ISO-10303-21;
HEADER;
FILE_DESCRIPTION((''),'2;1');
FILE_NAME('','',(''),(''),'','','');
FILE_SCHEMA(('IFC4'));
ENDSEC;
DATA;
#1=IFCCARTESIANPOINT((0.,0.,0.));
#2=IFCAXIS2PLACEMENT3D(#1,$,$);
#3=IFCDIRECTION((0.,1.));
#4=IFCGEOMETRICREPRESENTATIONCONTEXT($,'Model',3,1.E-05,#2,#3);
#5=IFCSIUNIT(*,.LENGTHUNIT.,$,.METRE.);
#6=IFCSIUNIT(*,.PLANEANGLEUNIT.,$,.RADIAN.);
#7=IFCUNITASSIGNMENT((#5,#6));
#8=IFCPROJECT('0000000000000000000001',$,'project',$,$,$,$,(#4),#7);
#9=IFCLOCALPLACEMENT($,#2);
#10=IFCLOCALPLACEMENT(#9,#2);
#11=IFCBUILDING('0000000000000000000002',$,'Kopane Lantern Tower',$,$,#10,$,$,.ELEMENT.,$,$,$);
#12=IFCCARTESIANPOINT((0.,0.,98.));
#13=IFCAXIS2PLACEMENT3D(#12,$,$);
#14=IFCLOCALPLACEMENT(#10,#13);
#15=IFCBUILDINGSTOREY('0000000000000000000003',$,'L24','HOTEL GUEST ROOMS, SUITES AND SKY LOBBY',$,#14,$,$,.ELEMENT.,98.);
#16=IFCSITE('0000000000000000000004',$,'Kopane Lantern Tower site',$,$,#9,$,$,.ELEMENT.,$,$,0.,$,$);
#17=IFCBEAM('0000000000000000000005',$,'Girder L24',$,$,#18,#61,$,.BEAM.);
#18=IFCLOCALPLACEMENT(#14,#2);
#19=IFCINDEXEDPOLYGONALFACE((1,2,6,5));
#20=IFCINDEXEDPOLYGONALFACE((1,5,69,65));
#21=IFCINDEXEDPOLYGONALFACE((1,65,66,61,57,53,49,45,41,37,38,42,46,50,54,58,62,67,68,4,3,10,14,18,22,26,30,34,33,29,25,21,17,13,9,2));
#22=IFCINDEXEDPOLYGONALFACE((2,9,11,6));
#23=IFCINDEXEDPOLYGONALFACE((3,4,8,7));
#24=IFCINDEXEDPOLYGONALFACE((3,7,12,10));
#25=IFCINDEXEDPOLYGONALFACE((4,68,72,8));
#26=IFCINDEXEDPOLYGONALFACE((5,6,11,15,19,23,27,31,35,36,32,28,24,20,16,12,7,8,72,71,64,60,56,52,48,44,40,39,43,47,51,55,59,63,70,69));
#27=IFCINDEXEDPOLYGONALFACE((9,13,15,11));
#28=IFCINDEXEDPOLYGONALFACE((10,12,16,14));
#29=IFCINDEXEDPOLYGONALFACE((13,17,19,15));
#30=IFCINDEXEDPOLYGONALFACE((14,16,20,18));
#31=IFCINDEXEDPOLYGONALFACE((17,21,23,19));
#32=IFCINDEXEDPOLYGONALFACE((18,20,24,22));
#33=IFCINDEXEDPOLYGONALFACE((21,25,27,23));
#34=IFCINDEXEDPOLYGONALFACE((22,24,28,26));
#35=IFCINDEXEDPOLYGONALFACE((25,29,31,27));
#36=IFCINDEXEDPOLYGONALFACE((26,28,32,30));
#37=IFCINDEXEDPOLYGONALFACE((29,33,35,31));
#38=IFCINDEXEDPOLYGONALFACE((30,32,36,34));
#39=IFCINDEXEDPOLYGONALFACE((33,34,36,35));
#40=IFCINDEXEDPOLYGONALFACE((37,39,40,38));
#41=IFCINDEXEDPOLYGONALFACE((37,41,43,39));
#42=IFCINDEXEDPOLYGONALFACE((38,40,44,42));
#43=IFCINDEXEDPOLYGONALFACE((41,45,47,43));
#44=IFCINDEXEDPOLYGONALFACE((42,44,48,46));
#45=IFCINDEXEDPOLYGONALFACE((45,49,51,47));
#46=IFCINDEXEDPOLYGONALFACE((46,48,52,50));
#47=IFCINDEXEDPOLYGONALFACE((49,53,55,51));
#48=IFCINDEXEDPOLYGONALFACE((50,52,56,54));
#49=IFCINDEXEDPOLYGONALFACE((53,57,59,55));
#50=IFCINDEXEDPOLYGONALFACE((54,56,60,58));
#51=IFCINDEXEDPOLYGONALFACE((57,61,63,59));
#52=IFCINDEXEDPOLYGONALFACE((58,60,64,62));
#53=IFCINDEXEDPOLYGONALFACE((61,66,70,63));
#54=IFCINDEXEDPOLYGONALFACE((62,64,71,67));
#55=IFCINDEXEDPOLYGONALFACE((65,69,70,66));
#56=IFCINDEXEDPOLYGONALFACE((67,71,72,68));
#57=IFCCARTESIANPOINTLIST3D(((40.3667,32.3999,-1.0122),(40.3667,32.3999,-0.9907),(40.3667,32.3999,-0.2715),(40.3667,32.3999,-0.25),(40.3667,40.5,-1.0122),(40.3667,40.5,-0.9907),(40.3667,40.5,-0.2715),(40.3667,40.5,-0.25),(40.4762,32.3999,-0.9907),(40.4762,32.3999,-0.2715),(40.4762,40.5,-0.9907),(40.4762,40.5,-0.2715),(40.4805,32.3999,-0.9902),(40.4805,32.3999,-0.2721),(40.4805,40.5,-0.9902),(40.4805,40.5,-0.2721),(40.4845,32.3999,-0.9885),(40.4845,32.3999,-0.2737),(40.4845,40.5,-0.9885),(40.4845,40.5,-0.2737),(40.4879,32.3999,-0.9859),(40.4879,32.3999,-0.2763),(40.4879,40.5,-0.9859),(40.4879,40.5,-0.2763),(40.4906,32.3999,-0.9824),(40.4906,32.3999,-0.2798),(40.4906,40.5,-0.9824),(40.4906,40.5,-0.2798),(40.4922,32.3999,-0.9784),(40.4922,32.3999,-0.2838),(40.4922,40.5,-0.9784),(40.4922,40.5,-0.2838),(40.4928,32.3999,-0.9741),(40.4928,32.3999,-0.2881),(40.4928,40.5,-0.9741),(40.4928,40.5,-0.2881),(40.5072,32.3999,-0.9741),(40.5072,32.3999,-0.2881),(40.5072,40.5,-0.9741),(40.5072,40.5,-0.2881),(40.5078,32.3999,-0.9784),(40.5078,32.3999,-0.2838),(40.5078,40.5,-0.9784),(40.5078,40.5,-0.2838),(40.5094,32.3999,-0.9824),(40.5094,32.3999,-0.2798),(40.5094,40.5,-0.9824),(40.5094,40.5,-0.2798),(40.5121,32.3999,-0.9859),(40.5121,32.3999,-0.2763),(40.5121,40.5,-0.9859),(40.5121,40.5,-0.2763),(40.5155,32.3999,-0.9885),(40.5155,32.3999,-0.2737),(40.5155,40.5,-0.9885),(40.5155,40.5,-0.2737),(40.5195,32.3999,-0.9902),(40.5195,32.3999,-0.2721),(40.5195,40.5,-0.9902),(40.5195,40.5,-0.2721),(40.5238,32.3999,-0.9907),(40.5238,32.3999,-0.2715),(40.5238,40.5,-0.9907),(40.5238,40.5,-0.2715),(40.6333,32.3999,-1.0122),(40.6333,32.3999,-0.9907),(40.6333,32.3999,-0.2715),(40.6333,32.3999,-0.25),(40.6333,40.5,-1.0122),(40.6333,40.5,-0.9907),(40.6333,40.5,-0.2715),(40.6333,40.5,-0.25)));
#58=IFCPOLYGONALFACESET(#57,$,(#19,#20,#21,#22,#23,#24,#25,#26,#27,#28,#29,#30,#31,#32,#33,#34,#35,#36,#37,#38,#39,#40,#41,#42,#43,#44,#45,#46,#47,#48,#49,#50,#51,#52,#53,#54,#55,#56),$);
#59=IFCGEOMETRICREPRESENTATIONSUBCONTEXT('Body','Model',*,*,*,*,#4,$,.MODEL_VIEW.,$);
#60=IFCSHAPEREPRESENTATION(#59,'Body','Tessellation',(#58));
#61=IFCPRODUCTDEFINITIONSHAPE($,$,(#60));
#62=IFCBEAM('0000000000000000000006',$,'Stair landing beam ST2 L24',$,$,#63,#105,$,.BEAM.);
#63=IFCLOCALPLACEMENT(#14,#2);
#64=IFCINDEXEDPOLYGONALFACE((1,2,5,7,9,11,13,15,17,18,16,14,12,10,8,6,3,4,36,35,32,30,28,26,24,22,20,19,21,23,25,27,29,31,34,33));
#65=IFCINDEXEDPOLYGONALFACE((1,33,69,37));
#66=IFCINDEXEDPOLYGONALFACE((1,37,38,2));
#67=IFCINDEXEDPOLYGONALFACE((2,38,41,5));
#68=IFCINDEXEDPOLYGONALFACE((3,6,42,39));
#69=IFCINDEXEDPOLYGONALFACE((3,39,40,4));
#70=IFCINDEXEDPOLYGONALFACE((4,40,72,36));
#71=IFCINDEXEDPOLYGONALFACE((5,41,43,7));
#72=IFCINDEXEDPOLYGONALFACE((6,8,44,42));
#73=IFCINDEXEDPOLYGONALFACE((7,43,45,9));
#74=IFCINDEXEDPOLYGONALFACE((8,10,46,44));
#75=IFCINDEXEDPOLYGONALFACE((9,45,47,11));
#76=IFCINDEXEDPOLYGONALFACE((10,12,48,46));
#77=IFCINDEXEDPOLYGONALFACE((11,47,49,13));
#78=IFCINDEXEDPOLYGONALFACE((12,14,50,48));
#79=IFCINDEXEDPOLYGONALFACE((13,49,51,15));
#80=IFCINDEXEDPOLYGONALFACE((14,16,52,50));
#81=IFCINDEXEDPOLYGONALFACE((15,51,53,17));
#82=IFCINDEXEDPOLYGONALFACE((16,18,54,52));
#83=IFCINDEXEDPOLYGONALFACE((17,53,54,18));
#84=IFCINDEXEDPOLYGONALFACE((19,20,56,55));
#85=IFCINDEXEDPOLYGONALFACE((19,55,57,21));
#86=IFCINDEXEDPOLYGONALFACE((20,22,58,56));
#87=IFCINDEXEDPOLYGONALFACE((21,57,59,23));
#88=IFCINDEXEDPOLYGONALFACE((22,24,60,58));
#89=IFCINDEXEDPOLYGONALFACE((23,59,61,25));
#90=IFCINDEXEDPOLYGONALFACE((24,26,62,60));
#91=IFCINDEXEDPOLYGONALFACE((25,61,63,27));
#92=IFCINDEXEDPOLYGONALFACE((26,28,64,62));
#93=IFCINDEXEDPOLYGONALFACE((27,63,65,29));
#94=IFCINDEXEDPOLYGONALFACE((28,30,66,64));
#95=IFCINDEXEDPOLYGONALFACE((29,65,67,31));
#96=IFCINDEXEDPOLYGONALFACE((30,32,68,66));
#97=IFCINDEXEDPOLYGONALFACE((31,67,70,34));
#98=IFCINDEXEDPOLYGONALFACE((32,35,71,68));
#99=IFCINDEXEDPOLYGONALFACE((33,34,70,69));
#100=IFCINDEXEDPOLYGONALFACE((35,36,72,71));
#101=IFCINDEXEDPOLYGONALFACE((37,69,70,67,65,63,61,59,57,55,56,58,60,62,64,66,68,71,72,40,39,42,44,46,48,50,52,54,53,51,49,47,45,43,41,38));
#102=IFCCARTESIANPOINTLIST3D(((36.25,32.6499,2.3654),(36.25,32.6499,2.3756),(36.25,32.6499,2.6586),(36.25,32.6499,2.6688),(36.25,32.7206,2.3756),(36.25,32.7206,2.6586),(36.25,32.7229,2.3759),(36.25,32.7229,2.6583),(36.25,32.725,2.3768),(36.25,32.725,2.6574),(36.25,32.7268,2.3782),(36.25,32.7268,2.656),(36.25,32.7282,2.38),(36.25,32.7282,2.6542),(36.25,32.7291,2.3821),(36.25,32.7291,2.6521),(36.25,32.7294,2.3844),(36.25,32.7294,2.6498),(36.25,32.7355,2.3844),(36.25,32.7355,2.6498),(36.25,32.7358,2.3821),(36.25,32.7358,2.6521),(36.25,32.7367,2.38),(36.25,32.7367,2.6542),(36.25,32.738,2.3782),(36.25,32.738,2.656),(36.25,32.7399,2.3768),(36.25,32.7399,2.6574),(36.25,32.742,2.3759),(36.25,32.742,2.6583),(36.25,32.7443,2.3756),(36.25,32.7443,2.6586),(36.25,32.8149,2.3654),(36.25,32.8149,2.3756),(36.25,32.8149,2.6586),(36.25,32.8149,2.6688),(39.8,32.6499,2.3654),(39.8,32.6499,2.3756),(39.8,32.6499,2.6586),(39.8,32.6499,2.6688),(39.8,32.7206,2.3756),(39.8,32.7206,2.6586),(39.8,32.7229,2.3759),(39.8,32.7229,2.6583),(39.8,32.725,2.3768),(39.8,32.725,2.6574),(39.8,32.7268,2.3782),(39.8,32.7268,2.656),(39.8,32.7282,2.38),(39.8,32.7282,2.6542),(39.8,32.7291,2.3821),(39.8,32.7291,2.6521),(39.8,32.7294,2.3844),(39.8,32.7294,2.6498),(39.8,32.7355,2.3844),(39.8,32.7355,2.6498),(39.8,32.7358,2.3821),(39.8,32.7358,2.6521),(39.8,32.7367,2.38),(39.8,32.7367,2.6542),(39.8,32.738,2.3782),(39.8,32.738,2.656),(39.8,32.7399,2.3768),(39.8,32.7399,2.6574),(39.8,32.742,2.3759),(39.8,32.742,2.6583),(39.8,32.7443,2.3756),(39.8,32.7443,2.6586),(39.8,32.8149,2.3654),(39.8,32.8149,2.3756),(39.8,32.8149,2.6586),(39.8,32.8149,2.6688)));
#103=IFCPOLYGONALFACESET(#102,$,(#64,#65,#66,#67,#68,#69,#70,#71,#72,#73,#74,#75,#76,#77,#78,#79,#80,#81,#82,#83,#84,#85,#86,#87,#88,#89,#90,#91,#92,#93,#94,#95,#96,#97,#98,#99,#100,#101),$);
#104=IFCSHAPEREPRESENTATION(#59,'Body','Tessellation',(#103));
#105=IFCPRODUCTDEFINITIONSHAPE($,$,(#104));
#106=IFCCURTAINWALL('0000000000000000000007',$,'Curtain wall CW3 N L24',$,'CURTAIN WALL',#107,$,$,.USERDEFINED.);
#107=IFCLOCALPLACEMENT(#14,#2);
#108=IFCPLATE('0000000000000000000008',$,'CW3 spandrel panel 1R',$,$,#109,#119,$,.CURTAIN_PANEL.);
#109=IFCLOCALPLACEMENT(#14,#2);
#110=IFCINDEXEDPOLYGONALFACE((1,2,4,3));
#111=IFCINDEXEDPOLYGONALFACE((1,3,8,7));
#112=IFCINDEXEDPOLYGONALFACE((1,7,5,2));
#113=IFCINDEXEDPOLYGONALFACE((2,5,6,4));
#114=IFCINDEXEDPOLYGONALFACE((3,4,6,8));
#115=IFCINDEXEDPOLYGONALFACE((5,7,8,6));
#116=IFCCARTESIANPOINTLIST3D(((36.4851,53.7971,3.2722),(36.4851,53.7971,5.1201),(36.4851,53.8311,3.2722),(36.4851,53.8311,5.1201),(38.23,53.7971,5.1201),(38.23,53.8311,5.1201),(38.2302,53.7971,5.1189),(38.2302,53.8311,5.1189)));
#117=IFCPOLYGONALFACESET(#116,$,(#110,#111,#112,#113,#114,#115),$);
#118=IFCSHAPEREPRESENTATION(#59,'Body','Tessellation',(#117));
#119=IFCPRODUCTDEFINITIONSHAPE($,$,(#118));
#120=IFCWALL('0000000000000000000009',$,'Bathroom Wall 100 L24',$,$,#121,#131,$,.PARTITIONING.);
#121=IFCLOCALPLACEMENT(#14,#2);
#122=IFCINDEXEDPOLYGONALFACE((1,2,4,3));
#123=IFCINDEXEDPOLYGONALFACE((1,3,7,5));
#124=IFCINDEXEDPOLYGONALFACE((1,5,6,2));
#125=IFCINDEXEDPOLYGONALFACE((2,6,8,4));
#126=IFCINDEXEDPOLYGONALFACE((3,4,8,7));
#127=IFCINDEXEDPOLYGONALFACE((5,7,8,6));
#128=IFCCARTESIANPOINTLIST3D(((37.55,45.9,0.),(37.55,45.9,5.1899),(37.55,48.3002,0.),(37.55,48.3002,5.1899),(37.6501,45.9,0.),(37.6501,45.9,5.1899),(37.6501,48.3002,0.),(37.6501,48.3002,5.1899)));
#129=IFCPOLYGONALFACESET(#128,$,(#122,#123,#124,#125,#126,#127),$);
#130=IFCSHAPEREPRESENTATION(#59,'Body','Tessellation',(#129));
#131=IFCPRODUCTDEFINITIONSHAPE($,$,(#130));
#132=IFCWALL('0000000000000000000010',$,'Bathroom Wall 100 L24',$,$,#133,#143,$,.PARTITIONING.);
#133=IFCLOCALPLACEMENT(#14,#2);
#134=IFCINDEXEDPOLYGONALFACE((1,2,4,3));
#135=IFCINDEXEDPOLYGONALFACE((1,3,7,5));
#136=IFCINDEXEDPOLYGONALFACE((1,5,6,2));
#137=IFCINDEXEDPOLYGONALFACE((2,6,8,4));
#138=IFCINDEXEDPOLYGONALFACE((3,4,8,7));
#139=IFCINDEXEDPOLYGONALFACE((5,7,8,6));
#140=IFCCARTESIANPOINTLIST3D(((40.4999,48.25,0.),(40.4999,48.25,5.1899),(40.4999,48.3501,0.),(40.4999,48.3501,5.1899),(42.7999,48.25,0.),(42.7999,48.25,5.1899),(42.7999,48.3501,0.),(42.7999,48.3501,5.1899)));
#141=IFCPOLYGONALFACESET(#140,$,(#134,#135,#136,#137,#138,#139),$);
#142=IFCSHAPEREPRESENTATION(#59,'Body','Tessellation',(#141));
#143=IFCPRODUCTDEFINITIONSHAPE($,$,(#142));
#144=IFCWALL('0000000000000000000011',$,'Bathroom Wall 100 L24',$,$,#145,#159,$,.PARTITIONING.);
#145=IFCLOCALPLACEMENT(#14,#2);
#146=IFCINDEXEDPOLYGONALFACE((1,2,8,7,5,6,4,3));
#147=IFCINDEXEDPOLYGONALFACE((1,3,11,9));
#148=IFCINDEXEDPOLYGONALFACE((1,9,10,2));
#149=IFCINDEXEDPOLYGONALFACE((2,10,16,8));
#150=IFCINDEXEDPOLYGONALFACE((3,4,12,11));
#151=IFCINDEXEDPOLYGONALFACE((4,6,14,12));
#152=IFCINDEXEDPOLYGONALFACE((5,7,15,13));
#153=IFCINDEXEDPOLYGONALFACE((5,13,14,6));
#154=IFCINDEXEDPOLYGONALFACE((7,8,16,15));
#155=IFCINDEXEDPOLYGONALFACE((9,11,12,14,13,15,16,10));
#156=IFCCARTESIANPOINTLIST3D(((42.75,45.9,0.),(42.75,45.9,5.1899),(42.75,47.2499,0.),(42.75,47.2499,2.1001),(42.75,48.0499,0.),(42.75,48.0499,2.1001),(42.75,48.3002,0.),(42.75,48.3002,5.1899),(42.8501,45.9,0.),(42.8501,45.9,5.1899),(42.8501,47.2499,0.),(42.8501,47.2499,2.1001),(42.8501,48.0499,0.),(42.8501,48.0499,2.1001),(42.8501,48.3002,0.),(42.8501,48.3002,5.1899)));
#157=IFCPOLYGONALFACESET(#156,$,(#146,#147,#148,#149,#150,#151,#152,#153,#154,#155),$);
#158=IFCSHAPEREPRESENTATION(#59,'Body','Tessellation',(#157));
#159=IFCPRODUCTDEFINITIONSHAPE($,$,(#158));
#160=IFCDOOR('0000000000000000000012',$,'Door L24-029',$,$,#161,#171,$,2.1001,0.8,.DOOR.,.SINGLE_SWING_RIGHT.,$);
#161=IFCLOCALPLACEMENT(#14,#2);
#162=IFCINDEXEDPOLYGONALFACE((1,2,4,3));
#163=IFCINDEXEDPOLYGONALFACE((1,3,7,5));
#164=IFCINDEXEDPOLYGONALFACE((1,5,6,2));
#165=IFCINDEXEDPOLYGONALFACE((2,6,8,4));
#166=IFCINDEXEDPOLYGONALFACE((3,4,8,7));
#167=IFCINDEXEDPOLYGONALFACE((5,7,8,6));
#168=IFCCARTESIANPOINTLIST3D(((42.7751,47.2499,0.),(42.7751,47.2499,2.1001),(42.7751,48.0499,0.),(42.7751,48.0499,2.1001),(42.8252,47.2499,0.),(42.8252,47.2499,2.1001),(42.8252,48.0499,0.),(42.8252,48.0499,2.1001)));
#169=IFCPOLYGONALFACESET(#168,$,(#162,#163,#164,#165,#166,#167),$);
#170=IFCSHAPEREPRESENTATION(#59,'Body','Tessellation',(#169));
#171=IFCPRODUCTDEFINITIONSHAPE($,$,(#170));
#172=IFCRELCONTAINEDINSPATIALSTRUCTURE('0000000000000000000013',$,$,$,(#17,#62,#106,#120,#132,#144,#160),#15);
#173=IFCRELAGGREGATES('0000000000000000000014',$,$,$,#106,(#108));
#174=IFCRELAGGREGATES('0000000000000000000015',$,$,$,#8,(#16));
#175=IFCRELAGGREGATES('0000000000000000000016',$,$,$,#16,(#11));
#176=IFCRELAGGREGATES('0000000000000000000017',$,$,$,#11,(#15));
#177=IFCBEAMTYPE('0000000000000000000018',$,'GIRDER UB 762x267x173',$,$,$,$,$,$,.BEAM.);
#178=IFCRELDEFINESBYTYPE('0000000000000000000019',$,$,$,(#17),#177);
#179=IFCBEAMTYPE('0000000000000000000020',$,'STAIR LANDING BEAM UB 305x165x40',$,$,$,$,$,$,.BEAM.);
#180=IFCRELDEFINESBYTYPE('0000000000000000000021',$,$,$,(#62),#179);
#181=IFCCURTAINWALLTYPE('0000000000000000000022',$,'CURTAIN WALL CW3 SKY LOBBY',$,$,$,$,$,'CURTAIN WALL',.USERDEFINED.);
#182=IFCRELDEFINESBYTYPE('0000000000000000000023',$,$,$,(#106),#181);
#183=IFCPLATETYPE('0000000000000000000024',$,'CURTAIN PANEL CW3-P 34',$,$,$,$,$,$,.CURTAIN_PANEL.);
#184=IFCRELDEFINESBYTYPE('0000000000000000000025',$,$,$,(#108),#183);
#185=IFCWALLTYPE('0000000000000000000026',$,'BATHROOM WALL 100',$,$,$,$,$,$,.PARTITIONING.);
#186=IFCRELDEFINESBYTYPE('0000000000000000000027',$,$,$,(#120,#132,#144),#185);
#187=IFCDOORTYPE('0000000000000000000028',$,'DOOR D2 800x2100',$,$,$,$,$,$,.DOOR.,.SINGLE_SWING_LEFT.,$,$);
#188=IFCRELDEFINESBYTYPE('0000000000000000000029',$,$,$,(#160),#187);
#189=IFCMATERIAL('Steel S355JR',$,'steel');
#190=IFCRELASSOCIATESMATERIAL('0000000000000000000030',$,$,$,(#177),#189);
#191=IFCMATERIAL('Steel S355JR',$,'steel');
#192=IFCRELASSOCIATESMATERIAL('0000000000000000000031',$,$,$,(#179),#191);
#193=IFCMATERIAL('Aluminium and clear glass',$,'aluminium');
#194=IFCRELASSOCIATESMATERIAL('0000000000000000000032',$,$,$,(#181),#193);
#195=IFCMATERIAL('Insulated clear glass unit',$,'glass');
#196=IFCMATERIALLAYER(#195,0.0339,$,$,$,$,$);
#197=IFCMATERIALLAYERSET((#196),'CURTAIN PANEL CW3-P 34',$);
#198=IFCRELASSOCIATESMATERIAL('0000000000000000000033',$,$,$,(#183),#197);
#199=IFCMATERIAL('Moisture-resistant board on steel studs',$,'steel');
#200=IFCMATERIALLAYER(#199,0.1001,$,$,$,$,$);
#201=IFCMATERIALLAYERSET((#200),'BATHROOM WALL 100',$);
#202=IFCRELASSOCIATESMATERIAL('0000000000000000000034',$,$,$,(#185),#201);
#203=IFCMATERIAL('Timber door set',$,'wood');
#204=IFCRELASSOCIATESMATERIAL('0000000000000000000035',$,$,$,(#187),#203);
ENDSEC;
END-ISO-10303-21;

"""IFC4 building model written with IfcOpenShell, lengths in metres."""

from ifc_helpers import new_model, si_unit, direction, frame, frame_2d, origin, origin_2d, place, context, subcontext, project, spatial, polyline, rectangle, i_section, outline, extrude, material, layer, layer_set, material_profile, profile_set, type_object, element, fill, aggregate, save


model = new_model("IFC4")

# Units and contexts
model_context = context("Model", 3, precision=1e-05, world=origin(), true_north=direction((0.0, 1.0)))
body_context = subcontext(model_context, "Body", "Model", "MODEL_VIEW")
ifc_project = project(units=[si_unit("LENGTHUNIT", "METRE"), si_unit("PLANEANGLEUNIT", "RADIAN")], contexts=[model_context])

# Site, building, storey
site_placement = place(None, origin())
site = spatial("IfcSite", under=ifc_project, at=site_placement, Name="Kopane Lantern Tower site", CompositionType="ELEMENT", RefElevation=0.0)
building_placement = place(site_placement, origin())
building = spatial("IfcBuilding", under=site, at=building_placement, Name="Kopane Lantern Tower", CompositionType="ELEMENT")
storey_placement = place(building_placement, frame((0.0, 0.0, 98.0)))
storey = spatial("IfcBuildingStorey", under=building, at=storey_placement, Name="L24", Description="HOTEL GUEST ROOMS, SUITES AND SKY LOBBY", CompositionType="ELEMENT", Elevation=98.0)

# Beams
ifc_material_1 = material(Name="Steel S355JR", Category="steel")
ifc_material_profile_1 = material_profile(ifc_material_1, i_section(OverallWidth=0.2666, OverallDepth=0.7622, WebThickness=0.0144, FlangeThickness=0.0215, FilletRadius=0.0166, at=origin_2d()), Name="UB 762x267x173")
ifc_profile_set_1 = profile_set([ifc_material_profile_1], Name="Steel S355JR")
beam_type_1 = type_object("IfcBeamType", Name="GIRDER UB 762x267x173", PredefinedType="BEAM", material=ifc_profile_set_1)
beam_1_placement = place(storey_placement, frame((40.5, 32.3999, -0.6311), z_axis=(0.0, 1.0, 0.0), x_axis=(-1.0, 0.0, 0.0)))
element("IfcBeam", 1, at=beam_1_placement, inside=storey, type_object=beam_type_1, Name="Girder L24", PredefinedType="BEAM", context=body_context, shape_type="SweptSolid", body=[
    extrude(i_section(OverallWidth=0.2666, OverallDepth=0.7622, WebThickness=0.0144, FlangeThickness=0.0215, FilletRadius=0.0166, at=origin_2d()), origin(), (0.0, 0.0, 1.0), 8.1001),
])
ifc_material_2 = material(Name="Steel S355JR", Category="steel")
ifc_material_profile_2 = material_profile(ifc_material_2, i_section(OverallWidth=0.165, OverallDepth=0.3035, WebThickness=0.0061, FlangeThickness=0.0103, FilletRadius=0.0088, at=origin_2d()), Name="UB 305x165x40")
ifc_profile_set_2 = profile_set([ifc_material_profile_2], Name="Steel S355JR")
beam_type_2 = type_object("IfcBeamType", Name="STAIR LANDING BEAM UB 305x165x40", PredefinedType="BEAM", material=ifc_profile_set_2)
beam_2_placement = place(storey_placement, frame((39.8, 32.7324, 2.5171), z_axis=(-1.0, 0.0, 0.0), x_axis=(0.0, -1.0, 0.0)))
element("IfcBeam", 2, at=beam_2_placement, inside=storey, type_object=beam_type_2, Name="Stair landing beam ST2 L24", PredefinedType="BEAM", context=body_context, shape_type="SweptSolid", body=[
    extrude(i_section(OverallWidth=0.165, OverallDepth=0.3035, WebThickness=0.0061, FlangeThickness=0.0103, FilletRadius=0.0088, at=origin_2d()), origin(), (0.0, 0.0, 1.0), 3.55),
])

# Curtain wall, plate
ifc_material_3 = material(Name="Aluminium and clear glass", Category="aluminium")
curtain_wall_type = type_object("IfcCurtainWallType", Name="CURTAIN WALL CW3 SKY LOBBY", ElementType="CURTAIN WALL", PredefinedType="USERDEFINED", material=ifc_material_3)
curtain_wall_placement = place(storey_placement, origin())
curtain_wall = element("IfcCurtainWall", 3, at=curtain_wall_placement, inside=storey, type_object=curtain_wall_type, Name="Curtain wall CW3 N L24", ObjectType="CURTAIN WALL", PredefinedType="USERDEFINED")
ifc_material_4 = material(Name="Insulated clear glass unit", Category="glass")
ifc_layer_1 = layer(ifc_material_4, 0.0339)
ifc_layer_set_1 = layer_set([ifc_layer_1], Name="CURTAIN PANEL CW3-P 34")
plate_type = type_object("IfcPlateType", Name="CURTAIN PANEL CW3-P 34", PredefinedType="CURTAIN_PANEL", material=ifc_layer_set_1)
plate_placement = place(storey_placement, frame((36.4851, 53.814, 5.1201), z_axis=(0.0, 0.0, 1.0), x_axis=(1.0, 0.0, 0.0)))
plate = element("IfcPlate", 4, at=plate_placement, type_object=plate_type, Name="CW3 spandrel panel 1R", PredefinedType="CURTAIN_PANEL", context=body_context, shape_type="SweptSolid", body=[
    extrude(outline(polyline([(0.0, 0.0), (1.7449, 0.0), (1.7451, -0.0012), (0.0, -1.8479), (0.0, 0.0)])), frame((0.0, 0.0171, 0.0), z_axis=(0.0, -1.0, 0.0), x_axis=(1.0, 0.0, 0.0)), (0.0, 0.0, 1.0), 0.0339),
])
aggregate(curtain_wall, [plate])

# Walls
ifc_material_5 = material(Name="Moisture-resistant board on steel studs", Category="steel")
ifc_layer_2 = layer(ifc_material_5, 0.1001)
ifc_layer_set_2 = layer_set([ifc_layer_2], Name="BATHROOM WALL 100")
wall_type_1 = type_object("IfcWallType", Name="BATHROOM WALL 100", PredefinedType="PARTITIONING", material=ifc_layer_set_2)
wall_1_placement = place(storey_placement, frame((37.6001, 45.8999, 0.0), z_axis=(0.0, 0.0, 1.0), x_axis=(0.0, 1.0, 0.0)))
element("IfcWall", 5, at=wall_1_placement, inside=storey, type_object=wall_type_1, Name="Bathroom Wall 100 L24", PredefinedType="PARTITIONING", context=body_context, shape_type="SweptSolid", body=[
    extrude(rectangle(XDim=2.4001, YDim=0.1001, at=frame_2d((1.2002, 0.0))), origin(), (0.0, 0.0, 1.0), 5.1899),
])
wall_2_placement = place(storey_placement, frame((40.5, 48.3, 0.0), z_axis=(0.0, 0.0, 1.0), x_axis=(1.0, 0.0, 0.0)))
element("IfcWall", 6, at=wall_2_placement, inside=storey, type_object=wall_type_1, Name="Bathroom Wall 100 L24", PredefinedType="PARTITIONING", context=body_context, shape_type="SweptSolid", body=[
    extrude(rectangle(XDim=2.3, YDim=0.1001, at=frame_2d((1.1499, 0.0))), origin(), (0.0, 0.0, 1.0), 5.1899),
])

# Wall, opening, door
wall_3_placement = place(storey_placement, frame((42.8, 45.8999, 0.0), z_axis=(0.0, 0.0, 1.0), x_axis=(0.0, 1.0, 0.0)))
wall_3 = element("IfcWall", 7, at=wall_3_placement, inside=storey, type_object=wall_type_1, Name="Bathroom Wall 100 L24", PredefinedType="PARTITIONING", context=body_context, shape_type="SweptSolid", body=[
    extrude(rectangle(XDim=2.4001, YDim=0.1001, at=frame_2d((1.2002, 0.0))), origin(), (0.0, 0.0, 1.0), 5.1899),
])
opening_1_placement = place(wall_3_placement, frame((1.3501, 0.0, 0.0)))
opening_1 = element("IfcOpeningElement", 8, at=opening_1_placement, cuts=wall_3, PredefinedType="OPENING", context=body_context, shape_type="SweptSolid", body=[
    extrude(rectangle(XDim=0.8, YDim=2.1001, at=frame_2d((0.3999, 1.05))), frame((0.0, 0.0601, 0.0), z_axis=(0.0, -1.0, 0.0), x_axis=(1.0, 0.0, 0.0)), (0.0, 0.0, 1.0), 0.1201),
])
ifc_material_6 = material(Name="Timber door set", Category="wood")
door_type_1 = type_object("IfcDoorType", Name="DOOR D2 800x2100", OperationType="SINGLE_SWING_LEFT", PredefinedType="DOOR", material=ifc_material_6)
door_1_placement = place(opening_1_placement, origin())
door_1 = element("IfcDoor", 9, at=door_1_placement, inside=storey, type_object=door_type_1, Name="Door L24-029", OperationType="SINGLE_SWING_RIGHT", OverallHeight=2.1001, OverallWidth=0.8, PredefinedType="DOOR", context=body_context, shape_type="SweptSolid", body=[
    extrude(rectangle(XDim=0.8, YDim=2.1001, at=frame_2d((0.3999, 1.05))), frame((0.0, 0.0249, 0.0), z_axis=(0.0, -1.0, 0.0), x_axis=(1.0, 0.0, 0.0)), (0.0, 0.0, 1.0), 0.05),
])
fill(opening_1, door_1)

save(model, "model.ifc")
